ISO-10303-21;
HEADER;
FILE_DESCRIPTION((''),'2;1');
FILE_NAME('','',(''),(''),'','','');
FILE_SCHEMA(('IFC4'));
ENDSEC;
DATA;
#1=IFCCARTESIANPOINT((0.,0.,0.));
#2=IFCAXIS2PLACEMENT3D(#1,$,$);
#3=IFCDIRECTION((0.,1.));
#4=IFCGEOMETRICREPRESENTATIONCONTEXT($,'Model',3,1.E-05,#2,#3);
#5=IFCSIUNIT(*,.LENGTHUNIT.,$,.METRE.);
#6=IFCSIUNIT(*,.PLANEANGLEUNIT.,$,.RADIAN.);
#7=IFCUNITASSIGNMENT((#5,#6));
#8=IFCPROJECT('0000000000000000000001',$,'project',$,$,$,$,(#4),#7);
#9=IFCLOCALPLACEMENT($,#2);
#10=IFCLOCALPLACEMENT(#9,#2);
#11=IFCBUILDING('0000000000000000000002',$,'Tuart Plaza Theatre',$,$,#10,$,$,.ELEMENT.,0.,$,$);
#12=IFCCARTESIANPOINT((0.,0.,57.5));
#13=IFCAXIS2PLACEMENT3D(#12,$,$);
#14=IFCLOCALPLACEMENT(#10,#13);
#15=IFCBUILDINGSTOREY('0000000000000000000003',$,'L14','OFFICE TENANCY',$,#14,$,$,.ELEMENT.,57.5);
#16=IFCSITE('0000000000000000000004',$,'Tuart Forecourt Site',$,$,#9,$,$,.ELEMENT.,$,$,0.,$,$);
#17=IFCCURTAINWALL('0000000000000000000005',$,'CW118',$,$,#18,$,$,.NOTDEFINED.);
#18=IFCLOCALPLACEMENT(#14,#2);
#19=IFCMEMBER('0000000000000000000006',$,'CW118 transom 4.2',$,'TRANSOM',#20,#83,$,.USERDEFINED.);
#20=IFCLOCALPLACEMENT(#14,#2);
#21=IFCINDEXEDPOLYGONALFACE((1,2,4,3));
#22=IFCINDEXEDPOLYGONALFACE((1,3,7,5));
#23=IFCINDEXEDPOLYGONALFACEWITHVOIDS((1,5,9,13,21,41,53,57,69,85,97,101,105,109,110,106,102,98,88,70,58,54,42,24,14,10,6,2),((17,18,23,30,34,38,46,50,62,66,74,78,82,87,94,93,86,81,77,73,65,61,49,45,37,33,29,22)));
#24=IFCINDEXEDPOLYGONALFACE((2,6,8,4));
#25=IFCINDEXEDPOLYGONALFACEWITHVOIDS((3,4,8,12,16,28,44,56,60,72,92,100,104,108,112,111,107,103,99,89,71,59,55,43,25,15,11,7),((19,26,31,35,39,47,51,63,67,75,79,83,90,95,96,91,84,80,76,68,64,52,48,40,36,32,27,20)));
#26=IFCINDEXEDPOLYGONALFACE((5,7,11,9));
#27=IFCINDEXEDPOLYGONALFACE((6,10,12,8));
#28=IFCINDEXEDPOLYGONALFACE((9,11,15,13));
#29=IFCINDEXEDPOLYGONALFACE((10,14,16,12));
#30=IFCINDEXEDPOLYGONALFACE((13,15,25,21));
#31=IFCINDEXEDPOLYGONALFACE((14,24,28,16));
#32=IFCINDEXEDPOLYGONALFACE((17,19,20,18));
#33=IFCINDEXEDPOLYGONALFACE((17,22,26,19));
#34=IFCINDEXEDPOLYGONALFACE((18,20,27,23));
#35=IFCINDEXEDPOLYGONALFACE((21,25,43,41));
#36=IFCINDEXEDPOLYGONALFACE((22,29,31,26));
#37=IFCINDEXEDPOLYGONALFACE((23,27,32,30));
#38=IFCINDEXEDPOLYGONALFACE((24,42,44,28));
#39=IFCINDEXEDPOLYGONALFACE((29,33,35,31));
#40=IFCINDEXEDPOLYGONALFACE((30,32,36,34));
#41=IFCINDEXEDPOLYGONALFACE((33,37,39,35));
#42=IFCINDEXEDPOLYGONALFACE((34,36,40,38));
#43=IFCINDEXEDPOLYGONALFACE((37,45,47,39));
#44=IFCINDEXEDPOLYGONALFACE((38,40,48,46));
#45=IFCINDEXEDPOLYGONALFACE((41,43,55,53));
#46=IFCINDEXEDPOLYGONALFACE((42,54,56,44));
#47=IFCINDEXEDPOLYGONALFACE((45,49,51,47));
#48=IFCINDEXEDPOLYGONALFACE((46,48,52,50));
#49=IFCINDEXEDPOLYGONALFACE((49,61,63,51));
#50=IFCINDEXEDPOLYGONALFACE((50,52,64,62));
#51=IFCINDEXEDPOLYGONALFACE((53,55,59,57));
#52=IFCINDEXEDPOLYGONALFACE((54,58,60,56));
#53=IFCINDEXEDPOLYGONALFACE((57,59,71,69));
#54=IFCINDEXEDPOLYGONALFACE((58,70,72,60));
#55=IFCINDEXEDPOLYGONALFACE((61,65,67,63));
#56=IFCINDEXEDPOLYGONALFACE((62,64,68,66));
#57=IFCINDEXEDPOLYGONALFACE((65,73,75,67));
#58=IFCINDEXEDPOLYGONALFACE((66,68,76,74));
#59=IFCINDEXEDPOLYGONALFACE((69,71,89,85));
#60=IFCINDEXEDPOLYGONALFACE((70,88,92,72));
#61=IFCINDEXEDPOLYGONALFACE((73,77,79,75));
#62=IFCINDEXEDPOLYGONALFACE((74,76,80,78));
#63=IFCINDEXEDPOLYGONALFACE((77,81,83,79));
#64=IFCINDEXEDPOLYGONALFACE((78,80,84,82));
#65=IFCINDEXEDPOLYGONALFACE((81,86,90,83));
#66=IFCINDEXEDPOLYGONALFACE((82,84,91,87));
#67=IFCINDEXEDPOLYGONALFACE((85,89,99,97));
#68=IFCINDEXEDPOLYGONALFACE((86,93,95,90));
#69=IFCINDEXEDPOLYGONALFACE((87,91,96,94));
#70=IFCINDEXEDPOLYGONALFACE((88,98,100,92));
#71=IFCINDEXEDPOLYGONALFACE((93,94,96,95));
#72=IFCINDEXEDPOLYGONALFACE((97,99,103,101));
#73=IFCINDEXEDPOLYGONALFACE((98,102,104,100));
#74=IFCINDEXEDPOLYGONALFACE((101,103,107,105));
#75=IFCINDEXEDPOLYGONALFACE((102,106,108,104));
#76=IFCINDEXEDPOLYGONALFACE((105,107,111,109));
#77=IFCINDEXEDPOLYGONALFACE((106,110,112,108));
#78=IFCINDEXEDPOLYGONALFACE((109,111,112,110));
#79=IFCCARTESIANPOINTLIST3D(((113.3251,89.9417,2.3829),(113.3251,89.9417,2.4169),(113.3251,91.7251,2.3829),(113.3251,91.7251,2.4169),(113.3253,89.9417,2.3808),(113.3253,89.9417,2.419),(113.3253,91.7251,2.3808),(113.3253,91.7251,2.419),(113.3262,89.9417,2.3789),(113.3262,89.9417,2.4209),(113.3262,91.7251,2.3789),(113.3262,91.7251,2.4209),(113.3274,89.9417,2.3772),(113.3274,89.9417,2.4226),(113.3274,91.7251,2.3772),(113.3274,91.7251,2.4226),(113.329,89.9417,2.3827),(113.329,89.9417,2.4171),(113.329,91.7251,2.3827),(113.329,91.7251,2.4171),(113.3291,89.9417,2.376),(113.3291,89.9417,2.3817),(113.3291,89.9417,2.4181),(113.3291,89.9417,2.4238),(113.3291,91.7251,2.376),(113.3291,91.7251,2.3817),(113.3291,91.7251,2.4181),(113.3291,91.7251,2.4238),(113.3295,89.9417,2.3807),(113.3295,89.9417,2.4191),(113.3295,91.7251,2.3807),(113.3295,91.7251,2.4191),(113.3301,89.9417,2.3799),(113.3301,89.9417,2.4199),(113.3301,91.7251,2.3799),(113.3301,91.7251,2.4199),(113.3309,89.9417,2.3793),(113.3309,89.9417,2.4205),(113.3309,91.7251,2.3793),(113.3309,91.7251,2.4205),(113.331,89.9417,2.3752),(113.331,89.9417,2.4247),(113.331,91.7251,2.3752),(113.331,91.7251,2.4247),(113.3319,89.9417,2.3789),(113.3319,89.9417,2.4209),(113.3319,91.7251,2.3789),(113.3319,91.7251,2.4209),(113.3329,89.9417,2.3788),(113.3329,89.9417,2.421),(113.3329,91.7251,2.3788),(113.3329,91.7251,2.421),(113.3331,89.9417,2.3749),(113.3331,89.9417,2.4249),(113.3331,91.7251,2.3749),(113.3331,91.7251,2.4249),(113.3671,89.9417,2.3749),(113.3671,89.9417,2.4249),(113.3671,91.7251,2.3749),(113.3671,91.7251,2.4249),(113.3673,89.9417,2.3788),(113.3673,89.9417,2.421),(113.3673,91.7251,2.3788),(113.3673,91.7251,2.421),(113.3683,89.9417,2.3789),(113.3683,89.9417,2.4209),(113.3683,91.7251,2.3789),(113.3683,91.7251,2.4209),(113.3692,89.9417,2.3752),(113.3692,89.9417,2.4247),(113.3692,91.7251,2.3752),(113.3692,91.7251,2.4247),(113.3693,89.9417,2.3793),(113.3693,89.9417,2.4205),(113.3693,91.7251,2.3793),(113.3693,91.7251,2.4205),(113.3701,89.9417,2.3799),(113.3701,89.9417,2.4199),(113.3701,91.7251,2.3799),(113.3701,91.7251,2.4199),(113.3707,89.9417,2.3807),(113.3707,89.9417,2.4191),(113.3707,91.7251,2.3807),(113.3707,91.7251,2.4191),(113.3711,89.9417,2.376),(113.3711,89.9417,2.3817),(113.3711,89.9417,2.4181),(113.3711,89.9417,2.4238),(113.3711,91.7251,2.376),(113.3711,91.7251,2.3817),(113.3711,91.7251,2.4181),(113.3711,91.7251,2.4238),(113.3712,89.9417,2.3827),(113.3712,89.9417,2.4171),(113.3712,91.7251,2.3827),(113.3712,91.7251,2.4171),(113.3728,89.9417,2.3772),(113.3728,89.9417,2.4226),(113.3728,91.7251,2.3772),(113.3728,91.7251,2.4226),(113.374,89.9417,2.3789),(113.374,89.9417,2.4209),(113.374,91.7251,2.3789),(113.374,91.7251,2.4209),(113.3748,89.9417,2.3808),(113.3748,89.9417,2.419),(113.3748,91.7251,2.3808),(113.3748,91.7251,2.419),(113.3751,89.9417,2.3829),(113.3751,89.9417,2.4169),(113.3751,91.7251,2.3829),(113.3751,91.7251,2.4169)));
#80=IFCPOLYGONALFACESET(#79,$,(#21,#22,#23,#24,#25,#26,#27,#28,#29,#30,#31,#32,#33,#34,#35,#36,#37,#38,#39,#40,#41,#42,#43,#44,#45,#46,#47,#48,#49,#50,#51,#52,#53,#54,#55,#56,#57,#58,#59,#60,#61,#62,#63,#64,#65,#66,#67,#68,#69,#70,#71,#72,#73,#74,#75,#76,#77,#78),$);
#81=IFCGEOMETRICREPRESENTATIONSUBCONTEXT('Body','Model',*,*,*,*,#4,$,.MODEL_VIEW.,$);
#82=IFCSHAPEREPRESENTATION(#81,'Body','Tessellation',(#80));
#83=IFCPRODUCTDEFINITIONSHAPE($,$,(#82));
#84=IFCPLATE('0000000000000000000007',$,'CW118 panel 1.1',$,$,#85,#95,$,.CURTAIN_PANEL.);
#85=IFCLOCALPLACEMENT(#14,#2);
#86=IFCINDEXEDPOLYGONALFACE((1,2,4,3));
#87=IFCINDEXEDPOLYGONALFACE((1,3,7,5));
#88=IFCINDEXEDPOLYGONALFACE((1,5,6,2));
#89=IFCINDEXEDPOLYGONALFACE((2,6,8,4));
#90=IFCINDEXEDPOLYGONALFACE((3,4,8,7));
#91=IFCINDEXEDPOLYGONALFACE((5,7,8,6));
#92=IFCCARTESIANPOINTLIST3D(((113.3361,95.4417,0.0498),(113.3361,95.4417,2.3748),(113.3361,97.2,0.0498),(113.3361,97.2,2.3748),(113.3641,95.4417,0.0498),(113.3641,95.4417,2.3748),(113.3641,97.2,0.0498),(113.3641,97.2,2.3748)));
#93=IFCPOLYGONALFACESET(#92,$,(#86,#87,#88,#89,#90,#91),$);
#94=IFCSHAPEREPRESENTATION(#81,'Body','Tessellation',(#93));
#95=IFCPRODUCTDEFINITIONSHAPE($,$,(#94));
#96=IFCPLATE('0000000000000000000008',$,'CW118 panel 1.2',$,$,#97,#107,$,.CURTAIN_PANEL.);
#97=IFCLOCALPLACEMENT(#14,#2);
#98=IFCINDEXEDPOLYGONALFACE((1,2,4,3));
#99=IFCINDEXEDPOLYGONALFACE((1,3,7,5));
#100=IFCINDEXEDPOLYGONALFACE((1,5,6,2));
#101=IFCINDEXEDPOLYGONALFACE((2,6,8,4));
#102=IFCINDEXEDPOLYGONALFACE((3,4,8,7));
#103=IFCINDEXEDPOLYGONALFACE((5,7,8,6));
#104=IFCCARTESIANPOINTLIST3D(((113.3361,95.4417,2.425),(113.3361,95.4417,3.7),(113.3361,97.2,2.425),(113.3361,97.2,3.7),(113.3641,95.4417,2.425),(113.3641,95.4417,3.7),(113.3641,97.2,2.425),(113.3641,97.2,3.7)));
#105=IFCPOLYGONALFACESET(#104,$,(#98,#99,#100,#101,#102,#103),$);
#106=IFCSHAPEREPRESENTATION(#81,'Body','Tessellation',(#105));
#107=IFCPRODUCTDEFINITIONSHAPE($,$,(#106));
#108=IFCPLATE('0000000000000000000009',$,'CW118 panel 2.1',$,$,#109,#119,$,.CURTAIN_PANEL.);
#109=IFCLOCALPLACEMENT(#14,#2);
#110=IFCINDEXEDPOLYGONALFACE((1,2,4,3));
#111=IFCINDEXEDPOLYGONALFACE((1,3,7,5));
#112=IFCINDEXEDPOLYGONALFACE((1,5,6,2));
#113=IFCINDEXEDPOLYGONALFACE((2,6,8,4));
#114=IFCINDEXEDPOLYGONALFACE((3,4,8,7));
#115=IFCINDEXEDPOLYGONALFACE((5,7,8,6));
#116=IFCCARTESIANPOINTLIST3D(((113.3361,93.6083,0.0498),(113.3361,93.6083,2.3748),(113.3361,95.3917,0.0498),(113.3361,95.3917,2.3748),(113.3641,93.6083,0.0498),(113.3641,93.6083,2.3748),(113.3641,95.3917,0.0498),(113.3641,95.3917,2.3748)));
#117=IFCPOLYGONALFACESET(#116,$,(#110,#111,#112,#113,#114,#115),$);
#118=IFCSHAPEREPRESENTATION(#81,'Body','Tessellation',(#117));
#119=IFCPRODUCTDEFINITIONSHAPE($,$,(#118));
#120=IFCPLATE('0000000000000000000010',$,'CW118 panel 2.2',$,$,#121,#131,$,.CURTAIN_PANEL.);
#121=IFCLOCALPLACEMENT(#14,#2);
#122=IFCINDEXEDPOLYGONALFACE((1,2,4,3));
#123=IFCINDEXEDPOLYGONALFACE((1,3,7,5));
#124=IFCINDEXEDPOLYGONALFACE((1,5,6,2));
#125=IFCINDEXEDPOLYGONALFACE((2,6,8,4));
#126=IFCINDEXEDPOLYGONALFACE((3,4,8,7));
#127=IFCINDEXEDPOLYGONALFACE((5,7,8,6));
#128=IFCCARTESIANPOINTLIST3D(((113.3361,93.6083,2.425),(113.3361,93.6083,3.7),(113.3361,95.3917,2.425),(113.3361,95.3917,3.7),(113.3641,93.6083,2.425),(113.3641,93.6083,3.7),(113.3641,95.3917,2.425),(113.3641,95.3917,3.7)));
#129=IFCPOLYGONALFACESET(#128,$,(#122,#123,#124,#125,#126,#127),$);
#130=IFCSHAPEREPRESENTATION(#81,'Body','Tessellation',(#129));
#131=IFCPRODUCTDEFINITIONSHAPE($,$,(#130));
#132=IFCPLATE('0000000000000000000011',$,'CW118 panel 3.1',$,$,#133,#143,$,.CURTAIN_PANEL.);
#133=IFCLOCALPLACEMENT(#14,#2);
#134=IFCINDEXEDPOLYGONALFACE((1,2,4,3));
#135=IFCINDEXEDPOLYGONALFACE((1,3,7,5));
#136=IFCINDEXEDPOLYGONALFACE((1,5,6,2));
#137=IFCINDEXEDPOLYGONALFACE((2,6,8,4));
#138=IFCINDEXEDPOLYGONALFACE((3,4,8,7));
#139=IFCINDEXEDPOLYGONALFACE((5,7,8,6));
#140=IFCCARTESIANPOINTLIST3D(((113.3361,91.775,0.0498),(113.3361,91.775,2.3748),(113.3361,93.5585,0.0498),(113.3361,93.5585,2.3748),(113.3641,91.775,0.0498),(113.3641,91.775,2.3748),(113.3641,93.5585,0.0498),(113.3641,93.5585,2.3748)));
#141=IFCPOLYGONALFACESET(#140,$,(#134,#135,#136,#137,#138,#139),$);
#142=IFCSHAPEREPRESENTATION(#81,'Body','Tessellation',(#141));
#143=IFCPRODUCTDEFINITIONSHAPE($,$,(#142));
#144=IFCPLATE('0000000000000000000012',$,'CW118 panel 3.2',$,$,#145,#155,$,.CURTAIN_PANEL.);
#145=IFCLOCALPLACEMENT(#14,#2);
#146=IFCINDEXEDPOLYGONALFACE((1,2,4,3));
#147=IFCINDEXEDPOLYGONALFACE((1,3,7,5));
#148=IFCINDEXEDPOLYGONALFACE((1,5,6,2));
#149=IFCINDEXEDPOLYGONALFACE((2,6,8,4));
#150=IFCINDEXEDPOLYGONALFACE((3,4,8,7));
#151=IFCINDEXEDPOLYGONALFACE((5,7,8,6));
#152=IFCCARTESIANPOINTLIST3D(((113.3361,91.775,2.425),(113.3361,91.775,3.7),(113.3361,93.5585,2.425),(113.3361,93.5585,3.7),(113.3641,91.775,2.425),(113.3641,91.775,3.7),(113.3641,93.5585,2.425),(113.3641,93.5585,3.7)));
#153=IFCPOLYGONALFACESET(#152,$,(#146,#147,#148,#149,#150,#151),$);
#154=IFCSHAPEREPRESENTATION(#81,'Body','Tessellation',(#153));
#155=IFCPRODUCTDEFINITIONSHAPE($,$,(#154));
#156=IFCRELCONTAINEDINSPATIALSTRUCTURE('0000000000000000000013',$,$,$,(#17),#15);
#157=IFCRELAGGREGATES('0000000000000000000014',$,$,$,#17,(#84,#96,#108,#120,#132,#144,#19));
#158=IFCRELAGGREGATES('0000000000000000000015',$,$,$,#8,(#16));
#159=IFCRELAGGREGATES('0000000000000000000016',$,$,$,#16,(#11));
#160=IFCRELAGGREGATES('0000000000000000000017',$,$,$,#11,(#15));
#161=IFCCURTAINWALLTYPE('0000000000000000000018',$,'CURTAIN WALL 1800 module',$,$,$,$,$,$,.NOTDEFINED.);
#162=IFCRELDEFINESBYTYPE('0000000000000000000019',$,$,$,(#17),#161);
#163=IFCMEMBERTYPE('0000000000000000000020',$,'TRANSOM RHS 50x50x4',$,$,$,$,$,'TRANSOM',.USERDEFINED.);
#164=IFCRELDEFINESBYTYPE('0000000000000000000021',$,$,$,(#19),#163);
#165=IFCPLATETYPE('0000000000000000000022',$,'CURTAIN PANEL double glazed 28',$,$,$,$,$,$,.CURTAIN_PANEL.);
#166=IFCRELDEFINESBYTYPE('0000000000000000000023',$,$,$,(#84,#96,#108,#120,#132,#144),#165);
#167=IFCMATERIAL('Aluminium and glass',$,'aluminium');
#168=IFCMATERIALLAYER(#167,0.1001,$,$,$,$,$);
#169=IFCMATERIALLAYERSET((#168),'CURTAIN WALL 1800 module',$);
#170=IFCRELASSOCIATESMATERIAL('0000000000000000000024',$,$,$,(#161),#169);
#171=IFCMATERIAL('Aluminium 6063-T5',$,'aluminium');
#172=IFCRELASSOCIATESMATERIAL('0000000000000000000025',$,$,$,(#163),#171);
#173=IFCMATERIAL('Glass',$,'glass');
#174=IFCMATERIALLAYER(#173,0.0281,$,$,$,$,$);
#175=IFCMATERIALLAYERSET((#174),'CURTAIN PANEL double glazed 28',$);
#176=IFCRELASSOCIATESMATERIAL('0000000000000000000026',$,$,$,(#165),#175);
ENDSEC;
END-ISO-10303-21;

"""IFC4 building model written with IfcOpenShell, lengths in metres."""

from ifc_helpers import new_model, si_unit, direction, frame, origin, origin_2d, place, context, subcontext, project, spatial, rectangle, hollow_rectangle, extrude, material, layer, layer_set, material_profile, profile_set, type_object, element, aggregate, save


model = new_model("IFC4")

# Units and contexts
model_context = context("Model", 3, precision=1e-05, world=origin(), true_north=direction((0.0, 1.0)))
body_context = subcontext(model_context, "Body", "Model", "MODEL_VIEW")
ifc_project = project(units=[si_unit("LENGTHUNIT", "METRE"), si_unit("PLANEANGLEUNIT", "RADIAN")], contexts=[model_context])

# Site, building, storey
site_placement = place(None, origin())
site = spatial("IfcSite", under=ifc_project, at=site_placement, Name="Tuart Forecourt Site", CompositionType="ELEMENT", RefElevation=0.0)
building_placement = place(site_placement, origin())
building = spatial("IfcBuilding", under=site, at=building_placement, Name="Tuart Plaza Theatre", CompositionType="ELEMENT", ElevationOfRefHeight=0.0)
storey_placement = place(building_placement, frame((0.0, 0.0, 57.5)))
storey = spatial("IfcBuildingStorey", under=building, at=storey_placement, Name="L14", Description="OFFICE TENANCY", CompositionType="ELEMENT", Elevation=57.5)

# Curtain wall, member, plates
ifc_material_1 = material(Name="Aluminium and glass", Category="aluminium")
ifc_layer_1 = layer(ifc_material_1, 0.1001)
ifc_layer_set_1 = layer_set([ifc_layer_1], Name="CURTAIN WALL 1800 module")
curtain_wall_type = type_object("IfcCurtainWallType", Name="CURTAIN WALL 1800 module", PredefinedType="NOTDEFINED", material=ifc_layer_set_1)
curtain_wall_placement = place(storey_placement, origin())
curtain_wall = element("IfcCurtainWall", 1, at=curtain_wall_placement, inside=storey, type_object=curtain_wall_type, Name="CW118", PredefinedType="NOTDEFINED")
ifc_material_2 = material(Name="Aluminium 6063-T5", Category="aluminium")
ifc_material_profile_1 = material_profile(ifc_material_2, hollow_rectangle(XDim=0.05, YDim=0.05, WallThickness=0.0039, InnerFilletRadius=0.0039, OuterFilletRadius=0.0081, at=origin_2d()), Name="RHS 50x50x4")
ifc_profile_set_1 = profile_set([ifc_material_profile_1], Name="Aluminium 6063-T5")
member_type_1 = type_object("IfcMemberType", Name="TRANSOM RHS 50x50x4", ElementType="TRANSOM", PredefinedType="USERDEFINED", material=ifc_profile_set_1)
member_1_placement = place(storey_placement, frame((113.3501, 91.7251, 2.3999), z_axis=(0.0, -1.0, 0.0), x_axis=(1.0, 0.0, 0.0)))
member_1 = element("IfcMember", 2, at=member_1_placement, type_object=member_type_1, Name="CW118 transom 4.2", ObjectType="TRANSOM", PredefinedType="USERDEFINED", context=body_context, shape_type="SweptSolid", body=[
    extrude(hollow_rectangle(XDim=0.05, YDim=0.05, WallThickness=0.0039, InnerFilletRadius=0.0039, OuterFilletRadius=0.0081, at=origin_2d()), origin(), (0.0, 0.0, 1.0), 1.7834),
])
ifc_material_3 = material(Name="Glass", Category="glass")
ifc_layer_2 = layer(ifc_material_3, 0.0281)
ifc_layer_set_2 = layer_set([ifc_layer_2], Name="CURTAIN PANEL double glazed 28")
plate_type = type_object("IfcPlateType", Name="CURTAIN PANEL double glazed 28", PredefinedType="CURTAIN_PANEL", material=ifc_layer_set_2)
plate_1_placement = place(storey_placement, frame((113.3501, 96.3208, 0.0498), z_axis=(0.0, 0.0, 1.0), x_axis=(0.0, -1.0, 0.0)))
plate_1 = element("IfcPlate", 3, at=plate_1_placement, type_object=plate_type, Name="CW118 panel 1.1", PredefinedType="CURTAIN_PANEL", context=body_context, shape_type="SweptSolid", body=[
    extrude(rectangle(XDim=1.7583, YDim=0.0281, at=origin_2d()), origin(), (0.0, 0.0, 1.0), 2.325),
])
plate_2_placement = place(storey_placement, frame((113.3501, 96.3208, 2.425), z_axis=(0.0, 0.0, 1.0), x_axis=(0.0, -1.0, 0.0)))
plate_2 = element("IfcPlate", 4, at=plate_2_placement, type_object=plate_type, Name="CW118 panel 1.2", PredefinedType="CURTAIN_PANEL", context=body_context, shape_type="SweptSolid", body=[
    extrude(rectangle(XDim=1.7583, YDim=0.0281, at=origin_2d()), origin(), (0.0, 0.0, 1.0), 1.2749),
])
plate_3_placement = place(storey_placement, frame((113.3501, 94.5, 0.0498), z_axis=(0.0, 0.0, 1.0), x_axis=(0.0, -1.0, 0.0)))
plate_3 = element("IfcPlate", 5, at=plate_3_placement, type_object=plate_type, Name="CW118 panel 2.1", PredefinedType="CURTAIN_PANEL", context=body_context, shape_type="SweptSolid", body=[
    extrude(rectangle(XDim=1.7834, YDim=0.0281, at=origin_2d()), origin(), (0.0, 0.0, 1.0), 2.325),
])
plate_4_placement = place(storey_placement, frame((113.3501, 94.5, 2.425), z_axis=(0.0, 0.0, 1.0), x_axis=(0.0, -1.0, 0.0)))
plate_4 = element("IfcPlate", 6, at=plate_4_placement, type_object=plate_type, Name="CW118 panel 2.2", PredefinedType="CURTAIN_PANEL", context=body_context, shape_type="SweptSolid", body=[
    extrude(rectangle(XDim=1.7834, YDim=0.0281, at=origin_2d()), origin(), (0.0, 0.0, 1.0), 1.2749),
])
plate_5_placement = place(storey_placement, frame((113.3501, 92.6667, 0.0498), z_axis=(0.0, 0.0, 1.0), x_axis=(0.0, -1.0, 0.0)))
plate_5 = element("IfcPlate", 7, at=plate_5_placement, type_object=plate_type, Name="CW118 panel 3.1", PredefinedType="CURTAIN_PANEL", context=body_context, shape_type="SweptSolid", body=[
    extrude(rectangle(XDim=1.7834, YDim=0.0281, at=origin_2d()), origin(), (0.0, 0.0, 1.0), 2.325),
])
plate_6_placement = place(storey_placement, frame((113.3501, 92.6667, 2.425), z_axis=(0.0, 0.0, 1.0), x_axis=(0.0, -1.0, 0.0)))
plate_6 = element("IfcPlate", 8, at=plate_6_placement, type_object=plate_type, Name="CW118 panel 3.2", PredefinedType="CURTAIN_PANEL", context=body_context, shape_type="SweptSolid", body=[
    extrude(rectangle(XDim=1.7834, YDim=0.0281, at=origin_2d()), origin(), (0.0, 0.0, 1.0), 1.2749),
])
aggregate(curtain_wall, [plate_1, plate_2, plate_3, plate_4, plate_5, plate_6, member_1])

save(model, "model.ifc")
